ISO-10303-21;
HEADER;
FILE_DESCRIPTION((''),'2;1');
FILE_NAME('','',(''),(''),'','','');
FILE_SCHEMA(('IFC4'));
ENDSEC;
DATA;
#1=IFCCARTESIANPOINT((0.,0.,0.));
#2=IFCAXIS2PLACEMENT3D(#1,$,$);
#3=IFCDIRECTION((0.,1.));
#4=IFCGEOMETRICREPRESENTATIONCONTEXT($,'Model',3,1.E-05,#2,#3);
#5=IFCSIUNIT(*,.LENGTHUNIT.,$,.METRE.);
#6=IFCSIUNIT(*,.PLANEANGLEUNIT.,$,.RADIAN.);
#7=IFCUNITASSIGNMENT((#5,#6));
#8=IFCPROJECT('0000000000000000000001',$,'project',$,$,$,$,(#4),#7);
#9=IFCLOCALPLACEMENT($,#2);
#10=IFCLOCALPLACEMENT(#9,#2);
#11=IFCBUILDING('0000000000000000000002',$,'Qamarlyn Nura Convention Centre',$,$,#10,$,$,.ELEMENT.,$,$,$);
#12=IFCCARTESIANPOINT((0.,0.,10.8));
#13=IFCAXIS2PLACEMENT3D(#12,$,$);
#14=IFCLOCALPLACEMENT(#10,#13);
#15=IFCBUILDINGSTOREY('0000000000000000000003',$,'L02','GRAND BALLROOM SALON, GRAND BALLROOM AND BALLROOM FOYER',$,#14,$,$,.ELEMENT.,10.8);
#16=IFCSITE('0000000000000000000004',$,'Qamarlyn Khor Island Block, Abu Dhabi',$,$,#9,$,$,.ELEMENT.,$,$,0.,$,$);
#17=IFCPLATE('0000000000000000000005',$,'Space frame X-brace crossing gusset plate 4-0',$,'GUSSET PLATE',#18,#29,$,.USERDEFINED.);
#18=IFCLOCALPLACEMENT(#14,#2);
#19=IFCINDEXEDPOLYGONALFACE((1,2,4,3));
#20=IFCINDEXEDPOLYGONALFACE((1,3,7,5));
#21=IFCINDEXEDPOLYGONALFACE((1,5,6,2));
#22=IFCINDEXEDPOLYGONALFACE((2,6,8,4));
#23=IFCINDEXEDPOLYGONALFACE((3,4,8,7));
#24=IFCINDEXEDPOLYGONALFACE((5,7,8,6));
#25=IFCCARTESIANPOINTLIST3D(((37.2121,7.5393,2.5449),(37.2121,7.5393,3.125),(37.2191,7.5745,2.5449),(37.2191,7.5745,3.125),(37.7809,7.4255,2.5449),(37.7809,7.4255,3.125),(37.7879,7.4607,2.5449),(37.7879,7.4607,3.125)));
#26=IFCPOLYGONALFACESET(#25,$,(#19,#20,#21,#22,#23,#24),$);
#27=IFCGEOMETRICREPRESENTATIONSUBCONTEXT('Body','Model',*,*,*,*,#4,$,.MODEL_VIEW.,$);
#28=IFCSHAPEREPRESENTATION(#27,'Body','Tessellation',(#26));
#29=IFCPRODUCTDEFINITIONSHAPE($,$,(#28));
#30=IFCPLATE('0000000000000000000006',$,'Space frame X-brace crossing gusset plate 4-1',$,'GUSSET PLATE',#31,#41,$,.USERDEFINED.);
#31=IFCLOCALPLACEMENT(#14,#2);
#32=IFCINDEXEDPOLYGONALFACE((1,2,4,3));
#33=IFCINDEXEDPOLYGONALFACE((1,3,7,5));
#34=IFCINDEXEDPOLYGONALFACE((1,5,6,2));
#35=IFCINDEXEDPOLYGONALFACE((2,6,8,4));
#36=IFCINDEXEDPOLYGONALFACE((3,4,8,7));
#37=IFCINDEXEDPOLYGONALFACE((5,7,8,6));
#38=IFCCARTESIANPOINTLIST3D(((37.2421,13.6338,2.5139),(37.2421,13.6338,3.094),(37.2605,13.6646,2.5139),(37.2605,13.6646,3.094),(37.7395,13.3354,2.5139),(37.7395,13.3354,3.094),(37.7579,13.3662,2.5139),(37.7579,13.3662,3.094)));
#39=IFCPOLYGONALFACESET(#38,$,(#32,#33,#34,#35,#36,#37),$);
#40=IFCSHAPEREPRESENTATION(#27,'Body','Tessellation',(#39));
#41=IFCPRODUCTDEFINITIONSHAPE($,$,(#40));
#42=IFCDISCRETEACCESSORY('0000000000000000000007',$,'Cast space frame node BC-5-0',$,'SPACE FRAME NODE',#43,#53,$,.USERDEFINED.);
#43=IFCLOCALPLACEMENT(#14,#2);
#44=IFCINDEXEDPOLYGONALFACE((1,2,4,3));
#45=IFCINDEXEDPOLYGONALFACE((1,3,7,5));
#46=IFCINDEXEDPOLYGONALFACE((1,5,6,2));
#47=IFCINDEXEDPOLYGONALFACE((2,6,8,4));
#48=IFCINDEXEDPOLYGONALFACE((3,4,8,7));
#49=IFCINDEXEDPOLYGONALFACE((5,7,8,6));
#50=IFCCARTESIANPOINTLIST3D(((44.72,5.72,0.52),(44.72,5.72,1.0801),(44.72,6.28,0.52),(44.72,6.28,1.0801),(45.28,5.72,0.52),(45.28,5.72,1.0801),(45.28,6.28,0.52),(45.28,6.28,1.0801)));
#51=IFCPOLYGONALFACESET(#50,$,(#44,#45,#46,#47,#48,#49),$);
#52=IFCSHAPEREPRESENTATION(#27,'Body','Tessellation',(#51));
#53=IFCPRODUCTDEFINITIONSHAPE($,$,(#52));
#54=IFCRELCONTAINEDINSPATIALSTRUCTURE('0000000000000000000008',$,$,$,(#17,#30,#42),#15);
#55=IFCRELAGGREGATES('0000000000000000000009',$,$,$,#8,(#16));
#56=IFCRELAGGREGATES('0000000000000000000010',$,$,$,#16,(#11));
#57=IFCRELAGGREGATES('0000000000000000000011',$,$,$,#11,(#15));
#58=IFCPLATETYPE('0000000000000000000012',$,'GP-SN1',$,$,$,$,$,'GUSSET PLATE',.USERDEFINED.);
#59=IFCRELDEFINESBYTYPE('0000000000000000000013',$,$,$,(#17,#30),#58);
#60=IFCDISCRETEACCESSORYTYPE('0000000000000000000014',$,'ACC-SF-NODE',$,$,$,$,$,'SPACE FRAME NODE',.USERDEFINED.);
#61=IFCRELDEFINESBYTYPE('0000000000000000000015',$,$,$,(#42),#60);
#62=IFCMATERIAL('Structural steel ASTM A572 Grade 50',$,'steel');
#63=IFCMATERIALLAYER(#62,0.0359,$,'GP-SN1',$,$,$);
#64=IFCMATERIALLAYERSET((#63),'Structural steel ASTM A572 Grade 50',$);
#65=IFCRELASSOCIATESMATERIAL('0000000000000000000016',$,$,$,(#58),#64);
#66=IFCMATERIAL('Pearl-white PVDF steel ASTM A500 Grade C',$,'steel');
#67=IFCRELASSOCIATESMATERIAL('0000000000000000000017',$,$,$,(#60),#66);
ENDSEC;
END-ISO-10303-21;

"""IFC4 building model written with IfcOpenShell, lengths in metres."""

from ifc_helpers import new_model, si_unit, direction, frame, origin, origin_2d, place, context, subcontext, project, spatial, rectangle, extrude, material, layer, layer_set, type_object, element, save


model = new_model("IFC4")

# Units and contexts
model_context = context("Model", 3, precision=1e-05, world=origin(), true_north=direction((0.0, 1.0)))
body_context = subcontext(model_context, "Body", "Model", "MODEL_VIEW")
ifc_project = project(units=[si_unit("LENGTHUNIT", "METRE"), si_unit("PLANEANGLEUNIT", "RADIAN")], contexts=[model_context])

# Site, building, storey
site_placement = place(None, origin())
site = spatial("IfcSite", under=ifc_project, at=site_placement, Name="Qamarlyn Khor Island Block, Abu Dhabi", CompositionType="ELEMENT", RefElevation=0.0)
building_placement = place(site_placement, origin())
building = spatial("IfcBuilding", under=site, at=building_placement, Name="Qamarlyn Nura Convention Centre", CompositionType="ELEMENT")
storey_placement = place(building_placement, frame((0.0, 0.0, 10.8)))
storey = spatial("IfcBuildingStorey", under=building, at=storey_placement, Name="L02", Description="GRAND BALLROOM SALON, GRAND BALLROOM AND BALLROOM FOYER", CompositionType="ELEMENT", Elevation=10.8)

# Shared definitions
ifc_material_1 = material(Name="Pearl-white PVDF steel ASTM A500 Grade C", Category="steel")

# Plates
ifc_material_2 = material(Name="Structural steel ASTM A572 Grade 50", Category="steel")
ifc_layer_1 = layer(ifc_material_2, 0.0359, Name="GP-SN1")
ifc_layer_set_1 = layer_set([ifc_layer_1], Name="Structural steel ASTM A572 Grade 50")
plate_type_1 = type_object("IfcPlateType", Name="GP-SN1", ElementType="GUSSET PLATE", PredefinedType="USERDEFINED", material=ifc_layer_set_1)
for number, where, z_axis, x_axis, name in (
    (1, (37.5, 7.5, 2.5449), (0.0, 0.0, 1.0), (-0.980581, 0.196116, 0.0), "Space frame X-brace crossing gusset plate 4-0"),
    (2, (37.5, 13.5, 2.5139), (0.0, 0.0, 1.0), (-0.857493, 0.514496, 0.0), "Space frame X-brace crossing gusset plate 4-1"),
):
    element("IfcPlate", number, at=place(storey_placement, frame(where, z_axis=z_axis, x_axis=x_axis)), inside=storey, type_object=plate_type_1, Name=name, ObjectType="GUSSET PLATE", PredefinedType="USERDEFINED", context=body_context, shape_type="SweptSolid", body=[
        extrude(rectangle(XDim=0.5801, YDim=0.0359, at=origin_2d()), origin(), (0.0, 0.0, 1.0), 0.5801),
    ])

# Discrete accessory
discrete_accessory_type = type_object("IfcDiscreteAccessoryType", Name="ACC-SF-NODE", ElementType="SPACE FRAME NODE", PredefinedType="USERDEFINED", material=ifc_material_1)
discrete_accessory_placement = place(storey_placement, frame((45.0, 6.0, 0.52), z_axis=(0.0, 0.0, 1.0), x_axis=(1.0, 0.0, 0.0)))
element("IfcDiscreteAccessory", 3, at=discrete_accessory_placement, inside=storey, type_object=discrete_accessory_type, Name="Cast space frame node BC-5-0", ObjectType="SPACE FRAME NODE", PredefinedType="USERDEFINED", context=body_context, shape_type="SweptSolid", body=[
    extrude(rectangle(XDim=0.5601, YDim=0.5601, at=origin_2d()), origin(), (0.0, 0.0, 1.0), 0.5601),
])

save(model, "model.ifc")
